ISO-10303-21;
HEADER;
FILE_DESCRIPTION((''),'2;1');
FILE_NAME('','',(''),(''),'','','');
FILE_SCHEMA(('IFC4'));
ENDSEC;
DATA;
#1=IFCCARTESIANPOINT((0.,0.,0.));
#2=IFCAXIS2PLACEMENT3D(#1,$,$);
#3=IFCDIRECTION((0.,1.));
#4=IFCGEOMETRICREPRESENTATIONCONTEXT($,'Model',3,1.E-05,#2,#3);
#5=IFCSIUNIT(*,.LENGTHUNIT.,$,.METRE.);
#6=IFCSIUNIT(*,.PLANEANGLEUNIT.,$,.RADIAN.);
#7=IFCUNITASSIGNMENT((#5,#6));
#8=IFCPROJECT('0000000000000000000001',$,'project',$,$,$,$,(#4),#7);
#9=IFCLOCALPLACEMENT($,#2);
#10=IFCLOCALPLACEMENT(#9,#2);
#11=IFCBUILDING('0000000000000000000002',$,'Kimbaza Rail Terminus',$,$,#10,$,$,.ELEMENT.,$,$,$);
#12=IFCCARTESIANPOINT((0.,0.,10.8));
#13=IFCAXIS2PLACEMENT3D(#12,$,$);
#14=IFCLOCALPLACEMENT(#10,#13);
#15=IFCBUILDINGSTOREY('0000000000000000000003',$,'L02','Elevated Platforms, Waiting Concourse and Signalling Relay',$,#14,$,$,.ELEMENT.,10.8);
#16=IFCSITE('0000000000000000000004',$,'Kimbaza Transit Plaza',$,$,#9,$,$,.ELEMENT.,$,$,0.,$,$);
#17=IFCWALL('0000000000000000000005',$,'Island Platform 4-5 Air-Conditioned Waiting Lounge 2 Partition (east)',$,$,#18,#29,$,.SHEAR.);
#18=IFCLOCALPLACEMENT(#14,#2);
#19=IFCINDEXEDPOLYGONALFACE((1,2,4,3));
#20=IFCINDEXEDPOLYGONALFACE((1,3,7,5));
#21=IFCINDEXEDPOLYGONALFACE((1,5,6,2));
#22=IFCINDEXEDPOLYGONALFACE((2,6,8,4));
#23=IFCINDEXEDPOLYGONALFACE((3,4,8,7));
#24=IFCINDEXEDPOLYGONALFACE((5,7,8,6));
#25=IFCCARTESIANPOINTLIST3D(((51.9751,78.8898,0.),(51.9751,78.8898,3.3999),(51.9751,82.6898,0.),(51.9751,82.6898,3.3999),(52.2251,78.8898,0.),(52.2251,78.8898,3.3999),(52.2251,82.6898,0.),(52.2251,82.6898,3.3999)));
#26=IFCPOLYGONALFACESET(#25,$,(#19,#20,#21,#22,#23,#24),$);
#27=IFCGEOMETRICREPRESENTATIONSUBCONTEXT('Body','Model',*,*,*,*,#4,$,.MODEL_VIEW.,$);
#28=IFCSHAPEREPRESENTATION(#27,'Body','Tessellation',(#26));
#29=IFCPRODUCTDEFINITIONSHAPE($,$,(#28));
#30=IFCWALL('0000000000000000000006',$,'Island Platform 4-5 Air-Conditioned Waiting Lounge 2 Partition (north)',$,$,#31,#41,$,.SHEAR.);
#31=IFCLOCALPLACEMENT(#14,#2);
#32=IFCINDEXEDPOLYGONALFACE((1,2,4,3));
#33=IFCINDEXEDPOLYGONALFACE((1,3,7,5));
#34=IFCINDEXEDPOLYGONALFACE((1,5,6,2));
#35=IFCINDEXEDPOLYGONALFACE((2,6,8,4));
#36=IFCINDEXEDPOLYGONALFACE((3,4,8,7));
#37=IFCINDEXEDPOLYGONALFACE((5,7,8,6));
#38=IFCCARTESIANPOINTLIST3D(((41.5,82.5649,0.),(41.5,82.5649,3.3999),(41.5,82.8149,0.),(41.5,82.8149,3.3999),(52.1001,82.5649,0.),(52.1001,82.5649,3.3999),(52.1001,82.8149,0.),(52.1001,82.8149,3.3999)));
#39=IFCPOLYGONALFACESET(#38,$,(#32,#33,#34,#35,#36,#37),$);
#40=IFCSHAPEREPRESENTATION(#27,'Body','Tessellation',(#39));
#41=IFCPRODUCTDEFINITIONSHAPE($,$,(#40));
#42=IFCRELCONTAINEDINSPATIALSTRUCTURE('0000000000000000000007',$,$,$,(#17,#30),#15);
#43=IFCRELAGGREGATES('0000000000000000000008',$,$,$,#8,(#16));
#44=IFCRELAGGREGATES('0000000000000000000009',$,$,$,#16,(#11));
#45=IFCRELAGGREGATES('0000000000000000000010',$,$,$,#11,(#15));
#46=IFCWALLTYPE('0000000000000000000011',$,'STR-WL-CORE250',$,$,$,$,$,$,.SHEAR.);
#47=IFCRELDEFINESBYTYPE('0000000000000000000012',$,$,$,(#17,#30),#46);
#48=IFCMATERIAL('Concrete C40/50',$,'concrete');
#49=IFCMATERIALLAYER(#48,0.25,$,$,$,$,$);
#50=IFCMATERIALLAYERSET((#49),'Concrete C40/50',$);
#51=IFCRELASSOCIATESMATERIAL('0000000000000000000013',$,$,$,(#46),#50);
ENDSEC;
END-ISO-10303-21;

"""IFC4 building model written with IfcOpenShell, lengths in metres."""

from ifc_helpers import new_model, si_unit, direction, frame, frame_2d, origin, place, context, subcontext, project, spatial, rectangle, extrude, material, layer, layer_set, type_object, element, save


model = new_model("IFC4")

# Units and contexts
model_context = context("Model", 3, precision=1e-05, world=origin(), true_north=direction((0.0, 1.0)))
body_context = subcontext(model_context, "Body", "Model", "MODEL_VIEW")
ifc_project = project(units=[si_unit("LENGTHUNIT", "METRE"), si_unit("PLANEANGLEUNIT", "RADIAN")], contexts=[model_context])

# Site, building, storey
site_placement = place(None, origin())
site = spatial("IfcSite", under=ifc_project, at=site_placement, Name="Kimbaza Transit Plaza", CompositionType="ELEMENT", RefElevation=0.0)
building_placement = place(site_placement, origin())
building = spatial("IfcBuilding", under=site, at=building_placement, Name="Kimbaza Rail Terminus", CompositionType="ELEMENT")
storey_placement = place(building_placement, frame((0.0, 0.0, 10.8)))
storey = spatial("IfcBuildingStorey", under=building, at=storey_placement, Name="L02", Description="Elevated Platforms, Waiting Concourse and Signalling Relay", CompositionType="ELEMENT", Elevation=10.8)

# Walls
ifc_material_1 = material(Name="Concrete C40/50", Category="concrete")
ifc_layer_1 = layer(ifc_material_1, 0.25)
ifc_layer_set_1 = layer_set([ifc_layer_1], Name="Concrete C40/50")
wall_type = type_object("IfcWallType", Name="STR-WL-CORE250", PredefinedType="SHEAR", material=ifc_layer_set_1)
wall_1_placement = place(storey_placement, frame((52.1001, 78.8899, 0.0), z_axis=(0.0, 0.0, 1.0), x_axis=(0.0, 1.0, 0.0)))
element("IfcWall", 1, at=wall_1_placement, inside=storey, type_object=wall_type, Name="Island Platform 4-5 Air-Conditioned Waiting Lounge 2 Partition (east)", PredefinedType="SHEAR", context=body_context, shape_type="SweptSolid", body=[
    extrude(rectangle(XDim=3.8, YDim=0.25, at=frame_2d((1.8999, 0.0))), origin(), (0.0, 0.0, 1.0), 3.3999),
])
wall_2_placement = place(storey_placement, frame((52.1001, 82.6899, 0.0), z_axis=(0.0, 0.0, 1.0), x_axis=(-1.0, 0.0, 0.0)))
element("IfcWall", 2, at=wall_2_placement, inside=storey, type_object=wall_type, Name="Island Platform 4-5 Air-Conditioned Waiting Lounge 2 Partition (north)", PredefinedType="SHEAR", context=body_context, shape_type="SweptSolid", body=[
    extrude(rectangle(XDim=10.6001, YDim=0.25, at=frame_2d((5.3, 0.0))), origin(), (0.0, 0.0, 1.0), 3.3999),
])

save(model, "model.ifc")
